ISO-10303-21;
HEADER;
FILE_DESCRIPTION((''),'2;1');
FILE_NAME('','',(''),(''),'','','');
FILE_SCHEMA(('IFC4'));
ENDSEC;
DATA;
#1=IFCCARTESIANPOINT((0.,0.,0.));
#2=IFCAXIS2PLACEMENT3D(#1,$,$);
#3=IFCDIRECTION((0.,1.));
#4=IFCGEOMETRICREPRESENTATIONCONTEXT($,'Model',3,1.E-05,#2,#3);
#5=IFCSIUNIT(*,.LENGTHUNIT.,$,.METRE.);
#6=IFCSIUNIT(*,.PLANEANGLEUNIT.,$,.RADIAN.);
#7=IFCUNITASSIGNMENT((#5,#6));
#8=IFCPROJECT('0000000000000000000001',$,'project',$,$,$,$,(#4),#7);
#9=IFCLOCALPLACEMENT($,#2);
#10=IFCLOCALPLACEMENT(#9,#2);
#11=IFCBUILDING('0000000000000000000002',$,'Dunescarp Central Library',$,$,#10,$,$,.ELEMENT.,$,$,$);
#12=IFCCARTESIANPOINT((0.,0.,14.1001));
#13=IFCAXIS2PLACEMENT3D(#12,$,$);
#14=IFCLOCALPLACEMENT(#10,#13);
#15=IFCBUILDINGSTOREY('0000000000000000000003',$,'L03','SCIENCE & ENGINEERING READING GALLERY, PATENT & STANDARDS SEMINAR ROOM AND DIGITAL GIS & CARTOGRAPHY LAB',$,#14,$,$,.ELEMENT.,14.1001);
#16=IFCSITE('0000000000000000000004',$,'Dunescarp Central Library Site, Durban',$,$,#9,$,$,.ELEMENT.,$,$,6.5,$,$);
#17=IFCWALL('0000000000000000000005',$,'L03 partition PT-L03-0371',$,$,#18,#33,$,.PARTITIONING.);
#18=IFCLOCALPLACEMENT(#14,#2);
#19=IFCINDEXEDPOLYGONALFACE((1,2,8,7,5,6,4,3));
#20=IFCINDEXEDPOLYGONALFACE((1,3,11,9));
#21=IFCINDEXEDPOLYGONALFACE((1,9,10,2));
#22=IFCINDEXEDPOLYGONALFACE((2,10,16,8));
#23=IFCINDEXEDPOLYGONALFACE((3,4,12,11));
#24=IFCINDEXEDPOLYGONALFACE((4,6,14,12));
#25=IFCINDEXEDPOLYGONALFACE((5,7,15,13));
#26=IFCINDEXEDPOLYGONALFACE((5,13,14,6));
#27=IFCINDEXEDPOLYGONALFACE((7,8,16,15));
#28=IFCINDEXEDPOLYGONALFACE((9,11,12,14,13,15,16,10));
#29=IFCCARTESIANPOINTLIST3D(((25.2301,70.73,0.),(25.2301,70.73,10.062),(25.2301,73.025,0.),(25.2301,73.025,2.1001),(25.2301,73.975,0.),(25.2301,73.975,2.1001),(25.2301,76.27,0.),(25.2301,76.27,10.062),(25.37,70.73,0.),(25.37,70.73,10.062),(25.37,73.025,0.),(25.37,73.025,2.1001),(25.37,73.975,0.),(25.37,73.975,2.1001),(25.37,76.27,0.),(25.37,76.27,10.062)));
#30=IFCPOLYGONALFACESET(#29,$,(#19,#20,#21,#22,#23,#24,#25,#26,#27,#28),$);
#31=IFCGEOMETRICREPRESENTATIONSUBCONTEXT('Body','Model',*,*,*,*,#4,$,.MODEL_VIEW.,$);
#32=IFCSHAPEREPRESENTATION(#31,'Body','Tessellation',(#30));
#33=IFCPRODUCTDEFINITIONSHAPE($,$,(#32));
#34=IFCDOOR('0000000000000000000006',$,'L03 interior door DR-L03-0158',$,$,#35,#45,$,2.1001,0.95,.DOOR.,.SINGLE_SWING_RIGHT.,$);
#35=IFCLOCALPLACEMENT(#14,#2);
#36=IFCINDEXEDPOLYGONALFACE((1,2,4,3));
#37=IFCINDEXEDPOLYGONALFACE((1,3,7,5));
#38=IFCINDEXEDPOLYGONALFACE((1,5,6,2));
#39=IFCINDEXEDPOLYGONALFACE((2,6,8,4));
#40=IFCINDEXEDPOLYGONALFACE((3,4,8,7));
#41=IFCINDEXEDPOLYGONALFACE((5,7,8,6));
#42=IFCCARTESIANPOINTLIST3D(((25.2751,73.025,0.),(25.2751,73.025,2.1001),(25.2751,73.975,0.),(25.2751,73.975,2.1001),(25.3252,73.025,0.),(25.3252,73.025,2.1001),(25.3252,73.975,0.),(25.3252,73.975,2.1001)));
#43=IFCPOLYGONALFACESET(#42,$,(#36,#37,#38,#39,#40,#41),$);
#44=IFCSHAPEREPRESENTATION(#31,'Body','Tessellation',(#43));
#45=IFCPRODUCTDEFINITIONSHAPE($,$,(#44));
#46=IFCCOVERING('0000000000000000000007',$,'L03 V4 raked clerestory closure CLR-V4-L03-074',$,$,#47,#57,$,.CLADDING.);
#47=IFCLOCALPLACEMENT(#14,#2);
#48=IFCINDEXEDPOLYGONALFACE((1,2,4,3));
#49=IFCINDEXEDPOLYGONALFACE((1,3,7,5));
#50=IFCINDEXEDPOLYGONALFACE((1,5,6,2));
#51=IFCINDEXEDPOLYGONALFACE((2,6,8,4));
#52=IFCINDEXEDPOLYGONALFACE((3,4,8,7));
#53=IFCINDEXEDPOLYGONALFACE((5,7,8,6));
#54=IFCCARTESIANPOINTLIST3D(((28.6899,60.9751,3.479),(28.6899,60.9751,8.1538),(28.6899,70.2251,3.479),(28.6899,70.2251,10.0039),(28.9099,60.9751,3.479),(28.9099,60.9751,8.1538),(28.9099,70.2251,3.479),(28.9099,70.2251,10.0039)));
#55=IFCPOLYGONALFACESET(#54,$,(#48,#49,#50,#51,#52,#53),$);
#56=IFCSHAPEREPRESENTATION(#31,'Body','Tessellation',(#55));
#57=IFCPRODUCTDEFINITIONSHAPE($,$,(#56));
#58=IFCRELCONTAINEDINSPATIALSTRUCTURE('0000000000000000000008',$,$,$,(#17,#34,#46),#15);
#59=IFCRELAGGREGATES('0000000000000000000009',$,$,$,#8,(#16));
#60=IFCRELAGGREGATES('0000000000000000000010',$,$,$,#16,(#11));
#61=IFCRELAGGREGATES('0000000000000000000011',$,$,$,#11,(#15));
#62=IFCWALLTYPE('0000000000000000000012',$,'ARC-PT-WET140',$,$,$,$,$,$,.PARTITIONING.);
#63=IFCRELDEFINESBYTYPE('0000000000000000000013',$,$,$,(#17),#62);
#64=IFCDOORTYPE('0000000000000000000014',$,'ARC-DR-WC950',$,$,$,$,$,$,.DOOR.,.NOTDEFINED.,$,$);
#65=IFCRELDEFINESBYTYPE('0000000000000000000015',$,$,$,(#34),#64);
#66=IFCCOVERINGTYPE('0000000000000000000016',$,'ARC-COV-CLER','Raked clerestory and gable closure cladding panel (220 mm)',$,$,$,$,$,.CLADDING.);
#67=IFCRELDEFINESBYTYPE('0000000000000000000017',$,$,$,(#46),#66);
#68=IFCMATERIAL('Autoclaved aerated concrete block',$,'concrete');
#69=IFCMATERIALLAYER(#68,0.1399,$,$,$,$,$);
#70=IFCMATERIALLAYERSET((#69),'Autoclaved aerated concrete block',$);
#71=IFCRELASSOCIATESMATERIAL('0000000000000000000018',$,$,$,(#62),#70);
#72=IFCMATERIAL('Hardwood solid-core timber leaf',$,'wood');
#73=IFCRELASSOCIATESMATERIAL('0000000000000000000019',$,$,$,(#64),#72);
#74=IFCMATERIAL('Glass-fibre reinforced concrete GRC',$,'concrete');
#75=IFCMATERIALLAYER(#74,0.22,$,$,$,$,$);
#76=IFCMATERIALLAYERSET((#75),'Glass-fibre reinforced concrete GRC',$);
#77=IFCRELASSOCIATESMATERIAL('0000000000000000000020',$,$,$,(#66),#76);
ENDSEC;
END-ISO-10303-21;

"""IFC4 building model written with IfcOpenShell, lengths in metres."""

from ifc_helpers import new_model, si_unit, direction, frame, frame_2d, origin, place, context, subcontext, project, spatial, polyline, rectangle, outline, extrude, material, layer, layer_set, type_object, element, fill, save


model = new_model("IFC4")

# Units and contexts
model_context = context("Model", 3, precision=1e-05, world=origin(), true_north=direction((0.0, 1.0)))
body_context = subcontext(model_context, "Body", "Model", "MODEL_VIEW")
ifc_project = project(units=[si_unit("LENGTHUNIT", "METRE"), si_unit("PLANEANGLEUNIT", "RADIAN")], contexts=[model_context])

# Site, building, storey
site_placement = place(None, origin())
site = spatial("IfcSite", under=ifc_project, at=site_placement, Name="Dunescarp Central Library Site, Durban", CompositionType="ELEMENT", RefElevation=6.5)
building_placement = place(site_placement, origin())
building = spatial("IfcBuilding", under=site, at=building_placement, Name="Dunescarp Central Library", CompositionType="ELEMENT")
storey_placement = place(building_placement, frame((0.0, 0.0, 14.1001)))
storey = spatial("IfcBuildingStorey", under=building, at=storey_placement, Name="L03", Description="SCIENCE & ENGINEERING READING GALLERY, PATENT & STANDARDS SEMINAR ROOM AND DIGITAL GIS & CARTOGRAPHY LAB", CompositionType="ELEMENT", Elevation=14.1001)

# Shared definitions
ifc_material_1 = material(Name="Hardwood solid-core timber leaf", Category="wood")

# Shared definitions
ifc_material_2 = material(Name="Autoclaved aerated concrete block", Category="concrete")
ifc_layer_1 = layer(ifc_material_2, 0.1399)
ifc_layer_set_1 = layer_set([ifc_layer_1], Name="Autoclaved aerated concrete block")
wall_type_1 = type_object("IfcWallType", Name="ARC-PT-WET140", PredefinedType="PARTITIONING", material=ifc_layer_set_1)

# Wall, opening, door
wall_1_placement = place(storey_placement, frame((25.3, 70.73, 0.0), z_axis=(0.0, 0.0, 1.0), x_axis=(0.0, 1.0, 0.0)))
wall_1 = element("IfcWall", 1, at=wall_1_placement, inside=storey, type_object=wall_type_1, Name="L03 partition PT-L03-0371", PredefinedType="PARTITIONING", context=body_context, shape_type="SweptSolid", body=[
    extrude(rectangle(XDim=5.54, YDim=0.1399, at=frame_2d((2.77, 0.0))), origin(), (0.0, 0.0, 1.0), 10.062),
])
opening_1_placement = place(wall_1_placement, frame((2.2949, 0.0, 0.0)))
opening_1 = element("IfcOpeningElement", 2, at=opening_1_placement, cuts=wall_1, PredefinedType="OPENING", context=body_context, shape_type="SweptSolid", body=[
    extrude(rectangle(XDim=0.95, YDim=2.1001, at=frame_2d((0.4751, 1.05))), frame((0.0, 0.0801, 0.0), z_axis=(0.0, -1.0, 0.0), x_axis=(1.0, 0.0, 0.0)), (0.0, 0.0, 1.0), 0.1599),
])
door_type_1 = type_object("IfcDoorType", Name="ARC-DR-WC950", OperationType="NOTDEFINED", PredefinedType="DOOR", material=ifc_material_1)
door_1_placement = place(opening_1_placement, origin())
door_1 = element("IfcDoor", 3, at=door_1_placement, inside=storey, type_object=door_type_1, Name="L03 interior door DR-L03-0158", OperationType="SINGLE_SWING_RIGHT", OverallHeight=2.1001, OverallWidth=0.95, PredefinedType="DOOR", context=body_context, shape_type="SweptSolid", body=[
    extrude(rectangle(XDim=0.95, YDim=2.1001, at=frame_2d((0.4751, 1.05))), frame((0.0, 0.0249, 0.0), z_axis=(0.0, -1.0, 0.0), x_axis=(1.0, 0.0, 0.0)), (0.0, 0.0, 1.0), 0.05),
])
fill(opening_1, door_1)

# Covering
ifc_material_3 = material(Name="Glass-fibre reinforced concrete GRC", Category="concrete")
ifc_layer_2 = layer(ifc_material_3, 0.22)
ifc_layer_set_2 = layer_set([ifc_layer_2], Name="Glass-fibre reinforced concrete GRC")
covering_type = type_object("IfcCoveringType", Name="ARC-COV-CLER", Description="Raked clerestory and gable closure cladding panel (220 mm)", PredefinedType="CLADDING", material=ifc_layer_set_2)
covering_placement = place(storey_placement, frame((28.8, 70.2251, 3.479), z_axis=(0.0, 0.0, 1.0), x_axis=(0.0, -1.0, 0.0)))
element("IfcCovering", 4, at=covering_placement, inside=storey, type_object=covering_type, Name="L03 V4 raked clerestory closure CLR-V4-L03-074", PredefinedType="CLADDING", context=body_context, shape_type="SweptSolid", body=[
    extrude(outline(polyline([(0.0, 0.0), (9.25, 0.0), (9.25, 4.6748), (0.0, 6.5249), (0.0, 0.0)])), frame((0.0, 0.1099, 0.0), z_axis=(0.0, -1.0, 0.0), x_axis=(1.0, 0.0, 0.0)), (0.0, 0.0, 1.0), 0.22),
])

save(model, "model.ifc")
